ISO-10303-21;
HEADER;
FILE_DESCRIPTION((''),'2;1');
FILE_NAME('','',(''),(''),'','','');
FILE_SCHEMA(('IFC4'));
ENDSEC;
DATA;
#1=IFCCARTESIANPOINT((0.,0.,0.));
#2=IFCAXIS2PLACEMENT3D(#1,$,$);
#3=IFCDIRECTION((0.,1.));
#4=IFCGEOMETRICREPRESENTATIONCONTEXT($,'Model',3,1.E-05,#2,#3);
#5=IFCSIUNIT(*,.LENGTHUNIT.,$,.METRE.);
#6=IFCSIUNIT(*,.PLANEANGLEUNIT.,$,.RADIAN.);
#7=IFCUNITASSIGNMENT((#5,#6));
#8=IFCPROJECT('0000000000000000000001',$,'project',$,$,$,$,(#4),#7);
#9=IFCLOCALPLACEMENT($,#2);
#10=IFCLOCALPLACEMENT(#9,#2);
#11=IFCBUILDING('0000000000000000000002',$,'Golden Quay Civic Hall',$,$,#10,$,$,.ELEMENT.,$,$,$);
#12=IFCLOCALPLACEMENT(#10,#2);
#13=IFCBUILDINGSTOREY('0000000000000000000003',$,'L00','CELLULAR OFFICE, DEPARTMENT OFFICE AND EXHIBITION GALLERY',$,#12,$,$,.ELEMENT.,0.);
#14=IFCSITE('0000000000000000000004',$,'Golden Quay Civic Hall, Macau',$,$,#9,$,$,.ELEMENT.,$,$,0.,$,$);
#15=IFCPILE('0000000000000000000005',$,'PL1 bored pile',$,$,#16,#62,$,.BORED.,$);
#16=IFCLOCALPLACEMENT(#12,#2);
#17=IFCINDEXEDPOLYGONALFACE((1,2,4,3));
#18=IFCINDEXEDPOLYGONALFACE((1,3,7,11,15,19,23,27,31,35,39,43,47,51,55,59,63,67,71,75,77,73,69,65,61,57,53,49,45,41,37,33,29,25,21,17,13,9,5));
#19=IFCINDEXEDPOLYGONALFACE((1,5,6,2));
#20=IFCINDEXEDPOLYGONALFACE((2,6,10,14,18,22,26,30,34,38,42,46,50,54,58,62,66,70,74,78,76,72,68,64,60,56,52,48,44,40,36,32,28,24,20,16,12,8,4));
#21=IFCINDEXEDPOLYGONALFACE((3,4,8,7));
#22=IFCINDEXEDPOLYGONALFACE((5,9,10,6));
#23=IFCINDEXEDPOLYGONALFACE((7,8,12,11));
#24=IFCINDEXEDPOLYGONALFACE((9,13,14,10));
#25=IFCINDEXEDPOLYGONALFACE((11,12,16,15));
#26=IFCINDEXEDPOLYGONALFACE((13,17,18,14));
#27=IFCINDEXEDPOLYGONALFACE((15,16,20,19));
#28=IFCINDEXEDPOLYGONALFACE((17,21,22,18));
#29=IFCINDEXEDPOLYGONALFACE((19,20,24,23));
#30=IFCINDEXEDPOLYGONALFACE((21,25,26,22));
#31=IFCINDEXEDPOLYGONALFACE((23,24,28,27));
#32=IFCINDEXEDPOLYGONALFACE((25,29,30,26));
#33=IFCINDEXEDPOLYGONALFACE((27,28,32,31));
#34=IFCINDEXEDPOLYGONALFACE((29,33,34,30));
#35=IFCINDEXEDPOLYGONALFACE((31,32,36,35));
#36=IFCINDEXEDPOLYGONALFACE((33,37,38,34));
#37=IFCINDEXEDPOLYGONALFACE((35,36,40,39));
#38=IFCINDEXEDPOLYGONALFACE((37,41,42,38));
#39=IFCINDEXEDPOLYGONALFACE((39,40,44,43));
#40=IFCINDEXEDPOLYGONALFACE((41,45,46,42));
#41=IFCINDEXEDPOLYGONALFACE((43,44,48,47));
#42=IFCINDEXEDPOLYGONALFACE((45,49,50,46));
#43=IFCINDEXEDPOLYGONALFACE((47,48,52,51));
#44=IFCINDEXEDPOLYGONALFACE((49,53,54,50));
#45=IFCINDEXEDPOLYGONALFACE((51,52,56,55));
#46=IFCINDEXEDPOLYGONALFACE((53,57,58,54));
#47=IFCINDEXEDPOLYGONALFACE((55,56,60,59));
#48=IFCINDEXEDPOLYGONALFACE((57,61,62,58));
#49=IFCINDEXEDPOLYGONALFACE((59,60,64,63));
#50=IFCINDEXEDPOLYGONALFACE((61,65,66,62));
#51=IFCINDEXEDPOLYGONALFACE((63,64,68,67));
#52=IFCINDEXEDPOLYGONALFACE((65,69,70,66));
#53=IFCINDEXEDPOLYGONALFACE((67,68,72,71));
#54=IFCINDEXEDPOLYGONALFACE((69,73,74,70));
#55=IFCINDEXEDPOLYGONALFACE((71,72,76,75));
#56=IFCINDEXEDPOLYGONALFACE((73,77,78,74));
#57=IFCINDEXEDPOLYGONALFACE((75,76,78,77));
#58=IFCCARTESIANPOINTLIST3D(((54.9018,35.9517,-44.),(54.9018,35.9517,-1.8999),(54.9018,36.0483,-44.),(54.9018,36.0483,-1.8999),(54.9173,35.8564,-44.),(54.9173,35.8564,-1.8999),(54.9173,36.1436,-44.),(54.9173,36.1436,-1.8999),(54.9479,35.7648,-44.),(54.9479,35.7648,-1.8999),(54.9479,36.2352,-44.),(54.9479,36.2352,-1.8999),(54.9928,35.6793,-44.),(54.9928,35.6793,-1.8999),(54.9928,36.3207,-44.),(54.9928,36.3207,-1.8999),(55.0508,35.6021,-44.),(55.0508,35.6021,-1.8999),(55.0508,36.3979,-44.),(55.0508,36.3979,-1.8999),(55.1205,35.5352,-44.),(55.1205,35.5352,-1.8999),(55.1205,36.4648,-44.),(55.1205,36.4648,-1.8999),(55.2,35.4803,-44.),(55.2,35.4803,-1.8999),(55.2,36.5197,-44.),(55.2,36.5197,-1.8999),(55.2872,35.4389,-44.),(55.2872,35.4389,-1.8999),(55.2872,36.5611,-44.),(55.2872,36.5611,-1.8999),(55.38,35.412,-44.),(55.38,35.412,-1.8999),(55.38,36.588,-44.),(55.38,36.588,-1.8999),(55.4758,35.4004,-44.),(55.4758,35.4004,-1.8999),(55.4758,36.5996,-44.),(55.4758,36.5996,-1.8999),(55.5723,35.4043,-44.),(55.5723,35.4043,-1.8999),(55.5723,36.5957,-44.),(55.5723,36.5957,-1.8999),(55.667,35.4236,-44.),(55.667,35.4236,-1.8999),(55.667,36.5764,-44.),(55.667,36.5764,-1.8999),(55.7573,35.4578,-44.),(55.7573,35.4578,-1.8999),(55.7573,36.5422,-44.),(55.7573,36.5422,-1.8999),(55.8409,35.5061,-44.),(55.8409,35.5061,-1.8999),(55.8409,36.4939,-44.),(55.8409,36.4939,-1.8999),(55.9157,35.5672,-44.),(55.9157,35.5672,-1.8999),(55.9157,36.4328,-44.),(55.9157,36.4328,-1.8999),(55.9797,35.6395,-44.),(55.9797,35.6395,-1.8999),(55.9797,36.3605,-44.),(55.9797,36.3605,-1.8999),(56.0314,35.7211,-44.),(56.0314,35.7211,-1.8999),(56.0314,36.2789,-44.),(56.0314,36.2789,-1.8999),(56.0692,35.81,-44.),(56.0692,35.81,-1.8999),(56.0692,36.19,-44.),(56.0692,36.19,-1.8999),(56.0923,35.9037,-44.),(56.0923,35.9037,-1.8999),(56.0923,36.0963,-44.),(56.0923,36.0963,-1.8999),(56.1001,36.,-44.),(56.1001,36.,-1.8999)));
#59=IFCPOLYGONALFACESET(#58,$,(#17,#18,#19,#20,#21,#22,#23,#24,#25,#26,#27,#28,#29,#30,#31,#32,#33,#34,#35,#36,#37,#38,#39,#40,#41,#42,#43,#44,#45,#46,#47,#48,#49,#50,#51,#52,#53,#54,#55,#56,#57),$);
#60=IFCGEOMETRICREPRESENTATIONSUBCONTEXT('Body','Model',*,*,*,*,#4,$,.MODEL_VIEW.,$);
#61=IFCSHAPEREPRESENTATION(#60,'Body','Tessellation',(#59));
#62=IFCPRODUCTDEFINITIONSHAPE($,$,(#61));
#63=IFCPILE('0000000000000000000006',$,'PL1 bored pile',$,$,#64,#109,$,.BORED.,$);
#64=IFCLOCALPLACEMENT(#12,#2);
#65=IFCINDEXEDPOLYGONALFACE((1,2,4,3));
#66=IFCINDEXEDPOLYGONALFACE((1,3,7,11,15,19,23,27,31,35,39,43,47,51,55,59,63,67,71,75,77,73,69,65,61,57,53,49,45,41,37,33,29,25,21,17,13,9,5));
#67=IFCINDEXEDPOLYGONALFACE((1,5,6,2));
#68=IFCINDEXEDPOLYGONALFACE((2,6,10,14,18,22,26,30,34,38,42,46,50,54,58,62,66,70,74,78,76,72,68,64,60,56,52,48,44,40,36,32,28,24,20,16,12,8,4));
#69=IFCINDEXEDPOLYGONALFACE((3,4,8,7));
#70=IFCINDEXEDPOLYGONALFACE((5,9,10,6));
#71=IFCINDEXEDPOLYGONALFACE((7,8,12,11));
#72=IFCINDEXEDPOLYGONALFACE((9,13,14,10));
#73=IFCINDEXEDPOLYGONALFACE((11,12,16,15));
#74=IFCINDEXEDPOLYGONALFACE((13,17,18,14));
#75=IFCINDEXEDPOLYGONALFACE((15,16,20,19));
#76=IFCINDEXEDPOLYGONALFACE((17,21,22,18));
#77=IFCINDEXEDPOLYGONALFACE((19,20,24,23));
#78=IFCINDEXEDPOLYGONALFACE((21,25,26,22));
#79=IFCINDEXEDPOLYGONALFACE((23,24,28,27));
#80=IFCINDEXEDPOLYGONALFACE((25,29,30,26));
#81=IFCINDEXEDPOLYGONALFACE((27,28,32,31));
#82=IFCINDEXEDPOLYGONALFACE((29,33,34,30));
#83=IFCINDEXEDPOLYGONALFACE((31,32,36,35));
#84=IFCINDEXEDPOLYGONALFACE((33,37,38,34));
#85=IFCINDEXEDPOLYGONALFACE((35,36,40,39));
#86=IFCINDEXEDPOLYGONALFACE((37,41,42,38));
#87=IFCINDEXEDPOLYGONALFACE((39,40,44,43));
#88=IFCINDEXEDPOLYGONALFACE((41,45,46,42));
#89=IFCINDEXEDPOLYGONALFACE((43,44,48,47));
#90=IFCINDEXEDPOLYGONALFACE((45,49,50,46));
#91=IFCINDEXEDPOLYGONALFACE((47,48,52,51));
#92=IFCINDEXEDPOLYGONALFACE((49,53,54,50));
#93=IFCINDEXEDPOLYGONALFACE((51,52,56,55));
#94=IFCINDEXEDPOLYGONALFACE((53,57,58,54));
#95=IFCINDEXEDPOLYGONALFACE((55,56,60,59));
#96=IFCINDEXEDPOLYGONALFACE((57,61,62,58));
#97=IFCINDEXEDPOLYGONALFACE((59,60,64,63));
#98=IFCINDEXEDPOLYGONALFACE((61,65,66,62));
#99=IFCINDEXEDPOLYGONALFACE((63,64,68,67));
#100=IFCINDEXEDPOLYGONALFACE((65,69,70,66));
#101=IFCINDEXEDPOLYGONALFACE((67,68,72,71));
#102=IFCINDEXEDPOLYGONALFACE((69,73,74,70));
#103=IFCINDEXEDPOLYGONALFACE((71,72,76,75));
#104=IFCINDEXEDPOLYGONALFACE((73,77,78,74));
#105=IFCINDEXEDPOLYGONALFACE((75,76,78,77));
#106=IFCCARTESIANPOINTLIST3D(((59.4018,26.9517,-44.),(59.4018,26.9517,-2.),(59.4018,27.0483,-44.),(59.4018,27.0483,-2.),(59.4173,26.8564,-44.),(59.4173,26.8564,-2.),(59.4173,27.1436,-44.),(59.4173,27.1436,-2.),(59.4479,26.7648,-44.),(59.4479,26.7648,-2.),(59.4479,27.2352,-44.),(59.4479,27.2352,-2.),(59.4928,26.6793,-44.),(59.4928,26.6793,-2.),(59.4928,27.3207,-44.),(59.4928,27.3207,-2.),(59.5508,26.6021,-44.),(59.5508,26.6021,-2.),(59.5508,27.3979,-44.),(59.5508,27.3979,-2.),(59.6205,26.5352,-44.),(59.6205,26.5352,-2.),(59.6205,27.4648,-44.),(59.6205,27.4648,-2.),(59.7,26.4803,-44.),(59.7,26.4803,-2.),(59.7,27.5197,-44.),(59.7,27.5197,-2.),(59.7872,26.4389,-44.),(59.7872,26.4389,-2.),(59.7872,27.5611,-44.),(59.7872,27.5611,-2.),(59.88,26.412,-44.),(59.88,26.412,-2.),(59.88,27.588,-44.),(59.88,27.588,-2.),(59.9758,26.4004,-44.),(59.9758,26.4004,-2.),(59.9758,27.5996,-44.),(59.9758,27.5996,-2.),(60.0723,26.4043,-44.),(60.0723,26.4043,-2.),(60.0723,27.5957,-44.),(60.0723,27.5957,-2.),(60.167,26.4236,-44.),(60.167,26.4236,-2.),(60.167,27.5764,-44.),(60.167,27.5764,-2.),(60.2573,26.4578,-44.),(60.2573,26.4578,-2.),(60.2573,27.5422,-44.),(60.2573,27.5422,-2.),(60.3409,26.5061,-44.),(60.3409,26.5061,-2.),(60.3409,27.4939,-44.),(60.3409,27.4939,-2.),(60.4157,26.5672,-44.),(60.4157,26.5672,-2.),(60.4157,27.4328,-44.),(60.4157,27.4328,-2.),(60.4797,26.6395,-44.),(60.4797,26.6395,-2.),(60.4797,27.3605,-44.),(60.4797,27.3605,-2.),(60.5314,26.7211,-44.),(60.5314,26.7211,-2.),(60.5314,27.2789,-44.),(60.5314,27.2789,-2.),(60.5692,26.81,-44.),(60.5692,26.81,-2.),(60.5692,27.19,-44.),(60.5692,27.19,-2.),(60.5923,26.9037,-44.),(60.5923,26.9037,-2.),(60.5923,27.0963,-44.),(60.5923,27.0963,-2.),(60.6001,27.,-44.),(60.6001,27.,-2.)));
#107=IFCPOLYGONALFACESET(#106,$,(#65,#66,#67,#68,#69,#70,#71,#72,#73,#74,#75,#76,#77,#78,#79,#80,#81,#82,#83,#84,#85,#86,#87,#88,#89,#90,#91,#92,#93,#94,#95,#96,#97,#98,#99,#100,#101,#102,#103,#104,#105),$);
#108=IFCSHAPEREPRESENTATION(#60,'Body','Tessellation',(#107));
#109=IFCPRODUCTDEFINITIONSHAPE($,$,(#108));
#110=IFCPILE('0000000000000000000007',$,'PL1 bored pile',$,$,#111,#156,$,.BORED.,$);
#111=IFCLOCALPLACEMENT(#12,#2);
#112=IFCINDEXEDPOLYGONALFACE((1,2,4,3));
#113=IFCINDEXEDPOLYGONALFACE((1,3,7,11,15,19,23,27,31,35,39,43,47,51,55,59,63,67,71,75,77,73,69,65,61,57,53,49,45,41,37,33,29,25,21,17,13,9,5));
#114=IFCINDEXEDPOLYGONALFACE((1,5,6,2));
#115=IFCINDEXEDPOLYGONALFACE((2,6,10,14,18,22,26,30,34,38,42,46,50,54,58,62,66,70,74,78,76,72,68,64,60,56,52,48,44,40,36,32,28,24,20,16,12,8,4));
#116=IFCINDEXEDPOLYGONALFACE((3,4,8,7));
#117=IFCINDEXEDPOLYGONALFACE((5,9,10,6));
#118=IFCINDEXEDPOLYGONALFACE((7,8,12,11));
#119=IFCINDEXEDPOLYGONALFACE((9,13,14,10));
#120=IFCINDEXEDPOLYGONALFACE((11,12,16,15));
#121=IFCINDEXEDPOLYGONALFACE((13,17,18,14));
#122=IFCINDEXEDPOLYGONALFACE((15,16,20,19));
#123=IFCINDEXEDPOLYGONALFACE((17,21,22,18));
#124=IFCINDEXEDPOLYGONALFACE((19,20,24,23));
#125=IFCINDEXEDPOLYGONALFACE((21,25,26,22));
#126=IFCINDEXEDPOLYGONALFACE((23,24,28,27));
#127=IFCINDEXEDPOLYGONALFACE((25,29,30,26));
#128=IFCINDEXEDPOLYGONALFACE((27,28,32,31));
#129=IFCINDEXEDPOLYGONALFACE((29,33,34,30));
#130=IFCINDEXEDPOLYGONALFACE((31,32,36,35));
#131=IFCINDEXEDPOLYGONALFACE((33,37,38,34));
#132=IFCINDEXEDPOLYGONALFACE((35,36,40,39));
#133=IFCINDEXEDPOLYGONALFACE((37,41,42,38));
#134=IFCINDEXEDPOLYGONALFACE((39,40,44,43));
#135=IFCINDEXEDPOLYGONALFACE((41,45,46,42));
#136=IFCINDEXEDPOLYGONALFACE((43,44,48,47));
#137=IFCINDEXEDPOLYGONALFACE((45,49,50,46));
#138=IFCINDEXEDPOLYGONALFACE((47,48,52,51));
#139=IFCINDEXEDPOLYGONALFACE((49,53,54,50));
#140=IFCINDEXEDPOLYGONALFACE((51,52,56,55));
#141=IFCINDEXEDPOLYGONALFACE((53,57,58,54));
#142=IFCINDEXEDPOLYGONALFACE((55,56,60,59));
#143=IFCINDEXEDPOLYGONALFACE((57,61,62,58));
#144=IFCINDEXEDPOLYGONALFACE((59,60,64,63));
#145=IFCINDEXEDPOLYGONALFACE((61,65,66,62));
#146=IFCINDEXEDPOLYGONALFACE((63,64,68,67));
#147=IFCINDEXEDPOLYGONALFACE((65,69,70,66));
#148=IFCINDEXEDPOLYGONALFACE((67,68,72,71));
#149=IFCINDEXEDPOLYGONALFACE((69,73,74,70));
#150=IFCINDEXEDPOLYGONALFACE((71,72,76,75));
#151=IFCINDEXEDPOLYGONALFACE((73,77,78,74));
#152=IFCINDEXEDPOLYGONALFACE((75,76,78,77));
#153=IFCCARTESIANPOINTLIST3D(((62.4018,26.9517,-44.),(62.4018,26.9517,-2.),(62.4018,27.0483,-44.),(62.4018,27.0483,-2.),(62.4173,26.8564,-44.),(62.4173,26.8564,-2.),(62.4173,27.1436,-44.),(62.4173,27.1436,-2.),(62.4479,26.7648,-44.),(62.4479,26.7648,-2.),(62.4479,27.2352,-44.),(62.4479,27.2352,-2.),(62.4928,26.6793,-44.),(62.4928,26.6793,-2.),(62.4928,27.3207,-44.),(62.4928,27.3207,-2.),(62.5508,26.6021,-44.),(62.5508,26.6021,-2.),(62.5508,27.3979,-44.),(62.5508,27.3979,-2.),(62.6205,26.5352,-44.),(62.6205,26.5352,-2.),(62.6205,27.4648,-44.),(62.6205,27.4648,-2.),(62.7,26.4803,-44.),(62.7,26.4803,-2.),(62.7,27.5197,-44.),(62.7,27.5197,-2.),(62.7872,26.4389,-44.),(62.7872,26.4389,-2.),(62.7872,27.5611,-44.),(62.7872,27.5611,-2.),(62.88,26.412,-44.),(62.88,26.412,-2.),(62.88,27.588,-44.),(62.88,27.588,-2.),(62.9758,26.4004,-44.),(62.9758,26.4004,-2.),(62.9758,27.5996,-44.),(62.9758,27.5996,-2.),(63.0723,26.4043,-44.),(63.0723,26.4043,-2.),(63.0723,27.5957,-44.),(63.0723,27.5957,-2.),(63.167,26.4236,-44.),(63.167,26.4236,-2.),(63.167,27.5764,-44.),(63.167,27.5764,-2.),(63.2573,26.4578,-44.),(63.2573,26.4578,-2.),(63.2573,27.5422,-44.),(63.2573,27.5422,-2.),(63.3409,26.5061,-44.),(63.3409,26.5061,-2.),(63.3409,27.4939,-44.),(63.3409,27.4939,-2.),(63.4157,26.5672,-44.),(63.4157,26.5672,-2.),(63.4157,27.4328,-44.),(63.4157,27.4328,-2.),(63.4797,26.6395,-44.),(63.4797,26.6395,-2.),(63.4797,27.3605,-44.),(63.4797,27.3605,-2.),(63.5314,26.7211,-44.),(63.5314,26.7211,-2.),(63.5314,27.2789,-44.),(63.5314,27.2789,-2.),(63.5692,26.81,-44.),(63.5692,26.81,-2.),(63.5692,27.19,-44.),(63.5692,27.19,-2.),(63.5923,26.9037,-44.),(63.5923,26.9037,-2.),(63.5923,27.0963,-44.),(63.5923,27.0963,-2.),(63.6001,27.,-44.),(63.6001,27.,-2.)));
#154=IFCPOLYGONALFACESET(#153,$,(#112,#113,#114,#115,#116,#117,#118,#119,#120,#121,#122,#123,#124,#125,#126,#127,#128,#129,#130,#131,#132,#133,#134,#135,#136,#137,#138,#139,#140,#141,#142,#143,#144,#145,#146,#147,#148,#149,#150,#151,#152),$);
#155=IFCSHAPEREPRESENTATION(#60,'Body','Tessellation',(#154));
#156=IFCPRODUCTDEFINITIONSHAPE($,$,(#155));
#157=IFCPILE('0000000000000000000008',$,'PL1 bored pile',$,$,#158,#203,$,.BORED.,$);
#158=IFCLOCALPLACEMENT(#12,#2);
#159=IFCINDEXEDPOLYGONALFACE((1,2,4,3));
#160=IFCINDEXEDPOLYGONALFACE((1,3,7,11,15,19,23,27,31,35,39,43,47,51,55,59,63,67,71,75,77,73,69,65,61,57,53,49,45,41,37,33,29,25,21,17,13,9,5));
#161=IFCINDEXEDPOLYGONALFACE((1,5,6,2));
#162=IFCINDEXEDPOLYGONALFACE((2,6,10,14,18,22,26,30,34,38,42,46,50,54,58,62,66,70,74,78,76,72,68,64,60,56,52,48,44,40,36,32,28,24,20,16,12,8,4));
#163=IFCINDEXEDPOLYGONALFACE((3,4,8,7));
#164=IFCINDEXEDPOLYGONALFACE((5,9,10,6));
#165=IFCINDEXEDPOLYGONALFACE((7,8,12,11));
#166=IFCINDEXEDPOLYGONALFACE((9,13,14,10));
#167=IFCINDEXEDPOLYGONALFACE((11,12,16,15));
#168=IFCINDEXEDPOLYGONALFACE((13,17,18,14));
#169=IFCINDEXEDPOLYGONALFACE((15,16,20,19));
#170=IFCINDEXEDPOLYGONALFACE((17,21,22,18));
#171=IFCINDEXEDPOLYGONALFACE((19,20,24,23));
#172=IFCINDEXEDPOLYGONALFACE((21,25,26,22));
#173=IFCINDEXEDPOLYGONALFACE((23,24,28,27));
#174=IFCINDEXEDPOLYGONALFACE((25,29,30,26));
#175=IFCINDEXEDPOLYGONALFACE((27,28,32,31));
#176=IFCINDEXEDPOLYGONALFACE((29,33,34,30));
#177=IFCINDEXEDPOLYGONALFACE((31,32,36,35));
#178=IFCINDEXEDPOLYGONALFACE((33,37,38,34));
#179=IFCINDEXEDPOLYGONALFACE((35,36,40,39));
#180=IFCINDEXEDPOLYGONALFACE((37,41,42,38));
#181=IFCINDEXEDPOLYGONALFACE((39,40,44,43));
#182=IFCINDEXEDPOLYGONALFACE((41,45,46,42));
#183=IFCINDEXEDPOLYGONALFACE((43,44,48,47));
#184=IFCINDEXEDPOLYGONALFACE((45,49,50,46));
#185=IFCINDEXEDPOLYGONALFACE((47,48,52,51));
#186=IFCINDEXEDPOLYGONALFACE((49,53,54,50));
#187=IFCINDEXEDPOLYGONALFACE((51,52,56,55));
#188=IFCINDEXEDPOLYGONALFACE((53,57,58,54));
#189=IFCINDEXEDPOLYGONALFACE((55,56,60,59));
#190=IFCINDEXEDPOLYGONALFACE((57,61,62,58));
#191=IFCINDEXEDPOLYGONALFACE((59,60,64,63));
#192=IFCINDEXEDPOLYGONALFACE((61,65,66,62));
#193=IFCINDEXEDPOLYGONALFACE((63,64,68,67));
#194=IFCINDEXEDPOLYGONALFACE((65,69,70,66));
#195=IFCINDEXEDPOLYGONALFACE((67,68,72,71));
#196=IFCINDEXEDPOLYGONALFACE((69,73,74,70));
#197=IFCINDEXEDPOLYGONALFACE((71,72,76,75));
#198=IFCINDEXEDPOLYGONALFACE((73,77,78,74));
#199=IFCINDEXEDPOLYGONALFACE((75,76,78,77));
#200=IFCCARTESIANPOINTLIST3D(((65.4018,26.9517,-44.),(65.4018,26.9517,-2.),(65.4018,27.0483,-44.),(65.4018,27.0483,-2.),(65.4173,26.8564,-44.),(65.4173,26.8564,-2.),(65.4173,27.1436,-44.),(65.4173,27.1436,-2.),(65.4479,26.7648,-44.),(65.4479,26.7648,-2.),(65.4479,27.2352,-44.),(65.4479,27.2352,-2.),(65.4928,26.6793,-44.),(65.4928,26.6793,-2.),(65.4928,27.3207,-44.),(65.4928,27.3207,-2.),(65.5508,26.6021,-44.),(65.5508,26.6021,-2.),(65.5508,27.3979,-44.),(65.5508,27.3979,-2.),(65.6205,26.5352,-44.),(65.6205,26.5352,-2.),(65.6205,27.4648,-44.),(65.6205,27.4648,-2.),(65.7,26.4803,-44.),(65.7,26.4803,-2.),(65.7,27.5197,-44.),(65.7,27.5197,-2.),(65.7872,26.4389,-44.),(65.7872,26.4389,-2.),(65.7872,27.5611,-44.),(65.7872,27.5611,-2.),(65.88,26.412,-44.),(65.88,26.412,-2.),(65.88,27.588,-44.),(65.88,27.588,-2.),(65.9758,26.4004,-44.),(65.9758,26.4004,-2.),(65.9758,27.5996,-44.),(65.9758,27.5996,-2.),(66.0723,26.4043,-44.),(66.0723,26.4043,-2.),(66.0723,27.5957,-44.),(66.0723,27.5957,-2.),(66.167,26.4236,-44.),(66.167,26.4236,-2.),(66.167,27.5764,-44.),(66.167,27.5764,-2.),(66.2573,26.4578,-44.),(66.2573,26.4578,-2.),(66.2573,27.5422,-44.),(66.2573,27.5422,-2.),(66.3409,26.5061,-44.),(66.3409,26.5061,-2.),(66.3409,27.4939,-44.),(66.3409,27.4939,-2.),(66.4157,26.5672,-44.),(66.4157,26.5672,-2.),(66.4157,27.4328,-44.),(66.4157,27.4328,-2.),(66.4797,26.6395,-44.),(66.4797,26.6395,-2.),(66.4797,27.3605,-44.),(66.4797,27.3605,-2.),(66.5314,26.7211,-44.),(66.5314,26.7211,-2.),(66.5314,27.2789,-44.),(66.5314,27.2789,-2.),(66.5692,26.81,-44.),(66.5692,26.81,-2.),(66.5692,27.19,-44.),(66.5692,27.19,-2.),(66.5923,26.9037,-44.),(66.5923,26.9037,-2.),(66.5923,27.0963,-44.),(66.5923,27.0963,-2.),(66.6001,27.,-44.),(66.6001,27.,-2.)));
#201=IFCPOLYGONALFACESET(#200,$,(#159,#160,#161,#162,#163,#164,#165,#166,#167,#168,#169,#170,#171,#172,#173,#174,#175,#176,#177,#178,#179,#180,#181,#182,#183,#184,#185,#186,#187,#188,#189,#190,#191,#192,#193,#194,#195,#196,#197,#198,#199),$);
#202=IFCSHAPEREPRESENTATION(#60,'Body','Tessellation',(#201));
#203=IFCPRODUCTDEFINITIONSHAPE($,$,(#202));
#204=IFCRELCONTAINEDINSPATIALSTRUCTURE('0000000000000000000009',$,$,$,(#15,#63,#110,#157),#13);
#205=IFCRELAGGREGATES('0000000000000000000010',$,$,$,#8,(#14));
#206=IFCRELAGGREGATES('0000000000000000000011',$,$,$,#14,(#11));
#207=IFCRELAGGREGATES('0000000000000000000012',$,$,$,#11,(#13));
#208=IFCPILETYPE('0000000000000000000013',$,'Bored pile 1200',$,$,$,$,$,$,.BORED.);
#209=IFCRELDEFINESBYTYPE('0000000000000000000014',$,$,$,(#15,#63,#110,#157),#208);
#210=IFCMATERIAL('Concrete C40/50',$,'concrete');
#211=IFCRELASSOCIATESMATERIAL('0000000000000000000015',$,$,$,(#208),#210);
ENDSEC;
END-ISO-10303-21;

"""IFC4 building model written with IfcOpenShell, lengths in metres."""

from ifc_helpers import new_model, si_unit, direction, frame, origin, origin_2d, place, context, subcontext, project, spatial, circle, extrude, material, material_profile, profile_set, type_object, element, save


model = new_model("IFC4")

# Units and contexts
model_context = context("Model", 3, precision=1e-05, world=origin(), true_north=direction((0.0, 1.0)))
body_context = subcontext(model_context, "Body", "Model", "MODEL_VIEW")
ifc_project = project(units=[si_unit("LENGTHUNIT", "METRE"), si_unit("PLANEANGLEUNIT", "RADIAN")], contexts=[model_context])

# Site, building, storey
site_placement = place(None, origin())
site = spatial("IfcSite", under=ifc_project, at=site_placement, Name="Golden Quay Civic Hall, Macau", CompositionType="ELEMENT", RefElevation=0.0)
building_placement = place(site_placement, origin())
building = spatial("IfcBuilding", under=site, at=building_placement, Name="Golden Quay Civic Hall", CompositionType="ELEMENT")
storey_placement = place(building_placement, origin())
storey = spatial("IfcBuildingStorey", under=building, at=storey_placement, Name="L00", Description="CELLULAR OFFICE, DEPARTMENT OFFICE AND EXHIBITION GALLERY", CompositionType="ELEMENT", Elevation=0.0)

# Piles
ifc_material_1 = material(Name="Concrete C40/50", Category="concrete")
ifc_material_profile_1 = material_profile(ifc_material_1, circle(Radius=0.6001, at=origin_2d()), Name="RC D1200")
ifc_profile_set_1 = profile_set([ifc_material_profile_1], Name="Concrete C40/50")
pile_type = type_object("IfcPileType", Name="Bored pile 1200", PredefinedType="BORED", material=ifc_profile_set_1)
pile_placement = place(storey_placement, frame((55.5, 36.0, -1.8999), z_axis=(0.0, 0.0, -1.0), x_axis=(1.0, 0.0, 0.0)))
element("IfcPile", 1, at=pile_placement, inside=storey, type_object=pile_type, Name="PL1 bored pile", PredefinedType="BORED", context=body_context, shape_type="SweptSolid", body=[
    extrude(circle(Radius=0.6001, at=origin_2d()), origin(), (0.0, 0.0, 1.0), 42.1001),
])
for number, where, z_axis, x_axis, name in (
    (2, (60.0, 27.0, -2.0), (0.0, 0.0, -1.0), (1.0, 0.0, 0.0), "PL1 bored pile"),
    (3, (63.0, 27.0, -2.0), (0.0, 0.0, -1.0), (1.0, 0.0, 0.0), "PL1 bored pile"),
    (4, (66.0, 27.0, -2.0), (0.0, 0.0, -1.0), (1.0, 0.0, 0.0), "PL1 bored pile"),
):
    element("IfcPile", number, at=place(storey_placement, frame(where, z_axis=z_axis, x_axis=x_axis)), inside=storey, type_object=pile_type, Name=name, PredefinedType="BORED", context=body_context, shape_type="SweptSolid", body=[
        extrude(circle(Radius=0.6001, at=origin_2d()), origin(), (0.0, 0.0, 1.0), 42.0),
    ])

save(model, "model.ifc")
